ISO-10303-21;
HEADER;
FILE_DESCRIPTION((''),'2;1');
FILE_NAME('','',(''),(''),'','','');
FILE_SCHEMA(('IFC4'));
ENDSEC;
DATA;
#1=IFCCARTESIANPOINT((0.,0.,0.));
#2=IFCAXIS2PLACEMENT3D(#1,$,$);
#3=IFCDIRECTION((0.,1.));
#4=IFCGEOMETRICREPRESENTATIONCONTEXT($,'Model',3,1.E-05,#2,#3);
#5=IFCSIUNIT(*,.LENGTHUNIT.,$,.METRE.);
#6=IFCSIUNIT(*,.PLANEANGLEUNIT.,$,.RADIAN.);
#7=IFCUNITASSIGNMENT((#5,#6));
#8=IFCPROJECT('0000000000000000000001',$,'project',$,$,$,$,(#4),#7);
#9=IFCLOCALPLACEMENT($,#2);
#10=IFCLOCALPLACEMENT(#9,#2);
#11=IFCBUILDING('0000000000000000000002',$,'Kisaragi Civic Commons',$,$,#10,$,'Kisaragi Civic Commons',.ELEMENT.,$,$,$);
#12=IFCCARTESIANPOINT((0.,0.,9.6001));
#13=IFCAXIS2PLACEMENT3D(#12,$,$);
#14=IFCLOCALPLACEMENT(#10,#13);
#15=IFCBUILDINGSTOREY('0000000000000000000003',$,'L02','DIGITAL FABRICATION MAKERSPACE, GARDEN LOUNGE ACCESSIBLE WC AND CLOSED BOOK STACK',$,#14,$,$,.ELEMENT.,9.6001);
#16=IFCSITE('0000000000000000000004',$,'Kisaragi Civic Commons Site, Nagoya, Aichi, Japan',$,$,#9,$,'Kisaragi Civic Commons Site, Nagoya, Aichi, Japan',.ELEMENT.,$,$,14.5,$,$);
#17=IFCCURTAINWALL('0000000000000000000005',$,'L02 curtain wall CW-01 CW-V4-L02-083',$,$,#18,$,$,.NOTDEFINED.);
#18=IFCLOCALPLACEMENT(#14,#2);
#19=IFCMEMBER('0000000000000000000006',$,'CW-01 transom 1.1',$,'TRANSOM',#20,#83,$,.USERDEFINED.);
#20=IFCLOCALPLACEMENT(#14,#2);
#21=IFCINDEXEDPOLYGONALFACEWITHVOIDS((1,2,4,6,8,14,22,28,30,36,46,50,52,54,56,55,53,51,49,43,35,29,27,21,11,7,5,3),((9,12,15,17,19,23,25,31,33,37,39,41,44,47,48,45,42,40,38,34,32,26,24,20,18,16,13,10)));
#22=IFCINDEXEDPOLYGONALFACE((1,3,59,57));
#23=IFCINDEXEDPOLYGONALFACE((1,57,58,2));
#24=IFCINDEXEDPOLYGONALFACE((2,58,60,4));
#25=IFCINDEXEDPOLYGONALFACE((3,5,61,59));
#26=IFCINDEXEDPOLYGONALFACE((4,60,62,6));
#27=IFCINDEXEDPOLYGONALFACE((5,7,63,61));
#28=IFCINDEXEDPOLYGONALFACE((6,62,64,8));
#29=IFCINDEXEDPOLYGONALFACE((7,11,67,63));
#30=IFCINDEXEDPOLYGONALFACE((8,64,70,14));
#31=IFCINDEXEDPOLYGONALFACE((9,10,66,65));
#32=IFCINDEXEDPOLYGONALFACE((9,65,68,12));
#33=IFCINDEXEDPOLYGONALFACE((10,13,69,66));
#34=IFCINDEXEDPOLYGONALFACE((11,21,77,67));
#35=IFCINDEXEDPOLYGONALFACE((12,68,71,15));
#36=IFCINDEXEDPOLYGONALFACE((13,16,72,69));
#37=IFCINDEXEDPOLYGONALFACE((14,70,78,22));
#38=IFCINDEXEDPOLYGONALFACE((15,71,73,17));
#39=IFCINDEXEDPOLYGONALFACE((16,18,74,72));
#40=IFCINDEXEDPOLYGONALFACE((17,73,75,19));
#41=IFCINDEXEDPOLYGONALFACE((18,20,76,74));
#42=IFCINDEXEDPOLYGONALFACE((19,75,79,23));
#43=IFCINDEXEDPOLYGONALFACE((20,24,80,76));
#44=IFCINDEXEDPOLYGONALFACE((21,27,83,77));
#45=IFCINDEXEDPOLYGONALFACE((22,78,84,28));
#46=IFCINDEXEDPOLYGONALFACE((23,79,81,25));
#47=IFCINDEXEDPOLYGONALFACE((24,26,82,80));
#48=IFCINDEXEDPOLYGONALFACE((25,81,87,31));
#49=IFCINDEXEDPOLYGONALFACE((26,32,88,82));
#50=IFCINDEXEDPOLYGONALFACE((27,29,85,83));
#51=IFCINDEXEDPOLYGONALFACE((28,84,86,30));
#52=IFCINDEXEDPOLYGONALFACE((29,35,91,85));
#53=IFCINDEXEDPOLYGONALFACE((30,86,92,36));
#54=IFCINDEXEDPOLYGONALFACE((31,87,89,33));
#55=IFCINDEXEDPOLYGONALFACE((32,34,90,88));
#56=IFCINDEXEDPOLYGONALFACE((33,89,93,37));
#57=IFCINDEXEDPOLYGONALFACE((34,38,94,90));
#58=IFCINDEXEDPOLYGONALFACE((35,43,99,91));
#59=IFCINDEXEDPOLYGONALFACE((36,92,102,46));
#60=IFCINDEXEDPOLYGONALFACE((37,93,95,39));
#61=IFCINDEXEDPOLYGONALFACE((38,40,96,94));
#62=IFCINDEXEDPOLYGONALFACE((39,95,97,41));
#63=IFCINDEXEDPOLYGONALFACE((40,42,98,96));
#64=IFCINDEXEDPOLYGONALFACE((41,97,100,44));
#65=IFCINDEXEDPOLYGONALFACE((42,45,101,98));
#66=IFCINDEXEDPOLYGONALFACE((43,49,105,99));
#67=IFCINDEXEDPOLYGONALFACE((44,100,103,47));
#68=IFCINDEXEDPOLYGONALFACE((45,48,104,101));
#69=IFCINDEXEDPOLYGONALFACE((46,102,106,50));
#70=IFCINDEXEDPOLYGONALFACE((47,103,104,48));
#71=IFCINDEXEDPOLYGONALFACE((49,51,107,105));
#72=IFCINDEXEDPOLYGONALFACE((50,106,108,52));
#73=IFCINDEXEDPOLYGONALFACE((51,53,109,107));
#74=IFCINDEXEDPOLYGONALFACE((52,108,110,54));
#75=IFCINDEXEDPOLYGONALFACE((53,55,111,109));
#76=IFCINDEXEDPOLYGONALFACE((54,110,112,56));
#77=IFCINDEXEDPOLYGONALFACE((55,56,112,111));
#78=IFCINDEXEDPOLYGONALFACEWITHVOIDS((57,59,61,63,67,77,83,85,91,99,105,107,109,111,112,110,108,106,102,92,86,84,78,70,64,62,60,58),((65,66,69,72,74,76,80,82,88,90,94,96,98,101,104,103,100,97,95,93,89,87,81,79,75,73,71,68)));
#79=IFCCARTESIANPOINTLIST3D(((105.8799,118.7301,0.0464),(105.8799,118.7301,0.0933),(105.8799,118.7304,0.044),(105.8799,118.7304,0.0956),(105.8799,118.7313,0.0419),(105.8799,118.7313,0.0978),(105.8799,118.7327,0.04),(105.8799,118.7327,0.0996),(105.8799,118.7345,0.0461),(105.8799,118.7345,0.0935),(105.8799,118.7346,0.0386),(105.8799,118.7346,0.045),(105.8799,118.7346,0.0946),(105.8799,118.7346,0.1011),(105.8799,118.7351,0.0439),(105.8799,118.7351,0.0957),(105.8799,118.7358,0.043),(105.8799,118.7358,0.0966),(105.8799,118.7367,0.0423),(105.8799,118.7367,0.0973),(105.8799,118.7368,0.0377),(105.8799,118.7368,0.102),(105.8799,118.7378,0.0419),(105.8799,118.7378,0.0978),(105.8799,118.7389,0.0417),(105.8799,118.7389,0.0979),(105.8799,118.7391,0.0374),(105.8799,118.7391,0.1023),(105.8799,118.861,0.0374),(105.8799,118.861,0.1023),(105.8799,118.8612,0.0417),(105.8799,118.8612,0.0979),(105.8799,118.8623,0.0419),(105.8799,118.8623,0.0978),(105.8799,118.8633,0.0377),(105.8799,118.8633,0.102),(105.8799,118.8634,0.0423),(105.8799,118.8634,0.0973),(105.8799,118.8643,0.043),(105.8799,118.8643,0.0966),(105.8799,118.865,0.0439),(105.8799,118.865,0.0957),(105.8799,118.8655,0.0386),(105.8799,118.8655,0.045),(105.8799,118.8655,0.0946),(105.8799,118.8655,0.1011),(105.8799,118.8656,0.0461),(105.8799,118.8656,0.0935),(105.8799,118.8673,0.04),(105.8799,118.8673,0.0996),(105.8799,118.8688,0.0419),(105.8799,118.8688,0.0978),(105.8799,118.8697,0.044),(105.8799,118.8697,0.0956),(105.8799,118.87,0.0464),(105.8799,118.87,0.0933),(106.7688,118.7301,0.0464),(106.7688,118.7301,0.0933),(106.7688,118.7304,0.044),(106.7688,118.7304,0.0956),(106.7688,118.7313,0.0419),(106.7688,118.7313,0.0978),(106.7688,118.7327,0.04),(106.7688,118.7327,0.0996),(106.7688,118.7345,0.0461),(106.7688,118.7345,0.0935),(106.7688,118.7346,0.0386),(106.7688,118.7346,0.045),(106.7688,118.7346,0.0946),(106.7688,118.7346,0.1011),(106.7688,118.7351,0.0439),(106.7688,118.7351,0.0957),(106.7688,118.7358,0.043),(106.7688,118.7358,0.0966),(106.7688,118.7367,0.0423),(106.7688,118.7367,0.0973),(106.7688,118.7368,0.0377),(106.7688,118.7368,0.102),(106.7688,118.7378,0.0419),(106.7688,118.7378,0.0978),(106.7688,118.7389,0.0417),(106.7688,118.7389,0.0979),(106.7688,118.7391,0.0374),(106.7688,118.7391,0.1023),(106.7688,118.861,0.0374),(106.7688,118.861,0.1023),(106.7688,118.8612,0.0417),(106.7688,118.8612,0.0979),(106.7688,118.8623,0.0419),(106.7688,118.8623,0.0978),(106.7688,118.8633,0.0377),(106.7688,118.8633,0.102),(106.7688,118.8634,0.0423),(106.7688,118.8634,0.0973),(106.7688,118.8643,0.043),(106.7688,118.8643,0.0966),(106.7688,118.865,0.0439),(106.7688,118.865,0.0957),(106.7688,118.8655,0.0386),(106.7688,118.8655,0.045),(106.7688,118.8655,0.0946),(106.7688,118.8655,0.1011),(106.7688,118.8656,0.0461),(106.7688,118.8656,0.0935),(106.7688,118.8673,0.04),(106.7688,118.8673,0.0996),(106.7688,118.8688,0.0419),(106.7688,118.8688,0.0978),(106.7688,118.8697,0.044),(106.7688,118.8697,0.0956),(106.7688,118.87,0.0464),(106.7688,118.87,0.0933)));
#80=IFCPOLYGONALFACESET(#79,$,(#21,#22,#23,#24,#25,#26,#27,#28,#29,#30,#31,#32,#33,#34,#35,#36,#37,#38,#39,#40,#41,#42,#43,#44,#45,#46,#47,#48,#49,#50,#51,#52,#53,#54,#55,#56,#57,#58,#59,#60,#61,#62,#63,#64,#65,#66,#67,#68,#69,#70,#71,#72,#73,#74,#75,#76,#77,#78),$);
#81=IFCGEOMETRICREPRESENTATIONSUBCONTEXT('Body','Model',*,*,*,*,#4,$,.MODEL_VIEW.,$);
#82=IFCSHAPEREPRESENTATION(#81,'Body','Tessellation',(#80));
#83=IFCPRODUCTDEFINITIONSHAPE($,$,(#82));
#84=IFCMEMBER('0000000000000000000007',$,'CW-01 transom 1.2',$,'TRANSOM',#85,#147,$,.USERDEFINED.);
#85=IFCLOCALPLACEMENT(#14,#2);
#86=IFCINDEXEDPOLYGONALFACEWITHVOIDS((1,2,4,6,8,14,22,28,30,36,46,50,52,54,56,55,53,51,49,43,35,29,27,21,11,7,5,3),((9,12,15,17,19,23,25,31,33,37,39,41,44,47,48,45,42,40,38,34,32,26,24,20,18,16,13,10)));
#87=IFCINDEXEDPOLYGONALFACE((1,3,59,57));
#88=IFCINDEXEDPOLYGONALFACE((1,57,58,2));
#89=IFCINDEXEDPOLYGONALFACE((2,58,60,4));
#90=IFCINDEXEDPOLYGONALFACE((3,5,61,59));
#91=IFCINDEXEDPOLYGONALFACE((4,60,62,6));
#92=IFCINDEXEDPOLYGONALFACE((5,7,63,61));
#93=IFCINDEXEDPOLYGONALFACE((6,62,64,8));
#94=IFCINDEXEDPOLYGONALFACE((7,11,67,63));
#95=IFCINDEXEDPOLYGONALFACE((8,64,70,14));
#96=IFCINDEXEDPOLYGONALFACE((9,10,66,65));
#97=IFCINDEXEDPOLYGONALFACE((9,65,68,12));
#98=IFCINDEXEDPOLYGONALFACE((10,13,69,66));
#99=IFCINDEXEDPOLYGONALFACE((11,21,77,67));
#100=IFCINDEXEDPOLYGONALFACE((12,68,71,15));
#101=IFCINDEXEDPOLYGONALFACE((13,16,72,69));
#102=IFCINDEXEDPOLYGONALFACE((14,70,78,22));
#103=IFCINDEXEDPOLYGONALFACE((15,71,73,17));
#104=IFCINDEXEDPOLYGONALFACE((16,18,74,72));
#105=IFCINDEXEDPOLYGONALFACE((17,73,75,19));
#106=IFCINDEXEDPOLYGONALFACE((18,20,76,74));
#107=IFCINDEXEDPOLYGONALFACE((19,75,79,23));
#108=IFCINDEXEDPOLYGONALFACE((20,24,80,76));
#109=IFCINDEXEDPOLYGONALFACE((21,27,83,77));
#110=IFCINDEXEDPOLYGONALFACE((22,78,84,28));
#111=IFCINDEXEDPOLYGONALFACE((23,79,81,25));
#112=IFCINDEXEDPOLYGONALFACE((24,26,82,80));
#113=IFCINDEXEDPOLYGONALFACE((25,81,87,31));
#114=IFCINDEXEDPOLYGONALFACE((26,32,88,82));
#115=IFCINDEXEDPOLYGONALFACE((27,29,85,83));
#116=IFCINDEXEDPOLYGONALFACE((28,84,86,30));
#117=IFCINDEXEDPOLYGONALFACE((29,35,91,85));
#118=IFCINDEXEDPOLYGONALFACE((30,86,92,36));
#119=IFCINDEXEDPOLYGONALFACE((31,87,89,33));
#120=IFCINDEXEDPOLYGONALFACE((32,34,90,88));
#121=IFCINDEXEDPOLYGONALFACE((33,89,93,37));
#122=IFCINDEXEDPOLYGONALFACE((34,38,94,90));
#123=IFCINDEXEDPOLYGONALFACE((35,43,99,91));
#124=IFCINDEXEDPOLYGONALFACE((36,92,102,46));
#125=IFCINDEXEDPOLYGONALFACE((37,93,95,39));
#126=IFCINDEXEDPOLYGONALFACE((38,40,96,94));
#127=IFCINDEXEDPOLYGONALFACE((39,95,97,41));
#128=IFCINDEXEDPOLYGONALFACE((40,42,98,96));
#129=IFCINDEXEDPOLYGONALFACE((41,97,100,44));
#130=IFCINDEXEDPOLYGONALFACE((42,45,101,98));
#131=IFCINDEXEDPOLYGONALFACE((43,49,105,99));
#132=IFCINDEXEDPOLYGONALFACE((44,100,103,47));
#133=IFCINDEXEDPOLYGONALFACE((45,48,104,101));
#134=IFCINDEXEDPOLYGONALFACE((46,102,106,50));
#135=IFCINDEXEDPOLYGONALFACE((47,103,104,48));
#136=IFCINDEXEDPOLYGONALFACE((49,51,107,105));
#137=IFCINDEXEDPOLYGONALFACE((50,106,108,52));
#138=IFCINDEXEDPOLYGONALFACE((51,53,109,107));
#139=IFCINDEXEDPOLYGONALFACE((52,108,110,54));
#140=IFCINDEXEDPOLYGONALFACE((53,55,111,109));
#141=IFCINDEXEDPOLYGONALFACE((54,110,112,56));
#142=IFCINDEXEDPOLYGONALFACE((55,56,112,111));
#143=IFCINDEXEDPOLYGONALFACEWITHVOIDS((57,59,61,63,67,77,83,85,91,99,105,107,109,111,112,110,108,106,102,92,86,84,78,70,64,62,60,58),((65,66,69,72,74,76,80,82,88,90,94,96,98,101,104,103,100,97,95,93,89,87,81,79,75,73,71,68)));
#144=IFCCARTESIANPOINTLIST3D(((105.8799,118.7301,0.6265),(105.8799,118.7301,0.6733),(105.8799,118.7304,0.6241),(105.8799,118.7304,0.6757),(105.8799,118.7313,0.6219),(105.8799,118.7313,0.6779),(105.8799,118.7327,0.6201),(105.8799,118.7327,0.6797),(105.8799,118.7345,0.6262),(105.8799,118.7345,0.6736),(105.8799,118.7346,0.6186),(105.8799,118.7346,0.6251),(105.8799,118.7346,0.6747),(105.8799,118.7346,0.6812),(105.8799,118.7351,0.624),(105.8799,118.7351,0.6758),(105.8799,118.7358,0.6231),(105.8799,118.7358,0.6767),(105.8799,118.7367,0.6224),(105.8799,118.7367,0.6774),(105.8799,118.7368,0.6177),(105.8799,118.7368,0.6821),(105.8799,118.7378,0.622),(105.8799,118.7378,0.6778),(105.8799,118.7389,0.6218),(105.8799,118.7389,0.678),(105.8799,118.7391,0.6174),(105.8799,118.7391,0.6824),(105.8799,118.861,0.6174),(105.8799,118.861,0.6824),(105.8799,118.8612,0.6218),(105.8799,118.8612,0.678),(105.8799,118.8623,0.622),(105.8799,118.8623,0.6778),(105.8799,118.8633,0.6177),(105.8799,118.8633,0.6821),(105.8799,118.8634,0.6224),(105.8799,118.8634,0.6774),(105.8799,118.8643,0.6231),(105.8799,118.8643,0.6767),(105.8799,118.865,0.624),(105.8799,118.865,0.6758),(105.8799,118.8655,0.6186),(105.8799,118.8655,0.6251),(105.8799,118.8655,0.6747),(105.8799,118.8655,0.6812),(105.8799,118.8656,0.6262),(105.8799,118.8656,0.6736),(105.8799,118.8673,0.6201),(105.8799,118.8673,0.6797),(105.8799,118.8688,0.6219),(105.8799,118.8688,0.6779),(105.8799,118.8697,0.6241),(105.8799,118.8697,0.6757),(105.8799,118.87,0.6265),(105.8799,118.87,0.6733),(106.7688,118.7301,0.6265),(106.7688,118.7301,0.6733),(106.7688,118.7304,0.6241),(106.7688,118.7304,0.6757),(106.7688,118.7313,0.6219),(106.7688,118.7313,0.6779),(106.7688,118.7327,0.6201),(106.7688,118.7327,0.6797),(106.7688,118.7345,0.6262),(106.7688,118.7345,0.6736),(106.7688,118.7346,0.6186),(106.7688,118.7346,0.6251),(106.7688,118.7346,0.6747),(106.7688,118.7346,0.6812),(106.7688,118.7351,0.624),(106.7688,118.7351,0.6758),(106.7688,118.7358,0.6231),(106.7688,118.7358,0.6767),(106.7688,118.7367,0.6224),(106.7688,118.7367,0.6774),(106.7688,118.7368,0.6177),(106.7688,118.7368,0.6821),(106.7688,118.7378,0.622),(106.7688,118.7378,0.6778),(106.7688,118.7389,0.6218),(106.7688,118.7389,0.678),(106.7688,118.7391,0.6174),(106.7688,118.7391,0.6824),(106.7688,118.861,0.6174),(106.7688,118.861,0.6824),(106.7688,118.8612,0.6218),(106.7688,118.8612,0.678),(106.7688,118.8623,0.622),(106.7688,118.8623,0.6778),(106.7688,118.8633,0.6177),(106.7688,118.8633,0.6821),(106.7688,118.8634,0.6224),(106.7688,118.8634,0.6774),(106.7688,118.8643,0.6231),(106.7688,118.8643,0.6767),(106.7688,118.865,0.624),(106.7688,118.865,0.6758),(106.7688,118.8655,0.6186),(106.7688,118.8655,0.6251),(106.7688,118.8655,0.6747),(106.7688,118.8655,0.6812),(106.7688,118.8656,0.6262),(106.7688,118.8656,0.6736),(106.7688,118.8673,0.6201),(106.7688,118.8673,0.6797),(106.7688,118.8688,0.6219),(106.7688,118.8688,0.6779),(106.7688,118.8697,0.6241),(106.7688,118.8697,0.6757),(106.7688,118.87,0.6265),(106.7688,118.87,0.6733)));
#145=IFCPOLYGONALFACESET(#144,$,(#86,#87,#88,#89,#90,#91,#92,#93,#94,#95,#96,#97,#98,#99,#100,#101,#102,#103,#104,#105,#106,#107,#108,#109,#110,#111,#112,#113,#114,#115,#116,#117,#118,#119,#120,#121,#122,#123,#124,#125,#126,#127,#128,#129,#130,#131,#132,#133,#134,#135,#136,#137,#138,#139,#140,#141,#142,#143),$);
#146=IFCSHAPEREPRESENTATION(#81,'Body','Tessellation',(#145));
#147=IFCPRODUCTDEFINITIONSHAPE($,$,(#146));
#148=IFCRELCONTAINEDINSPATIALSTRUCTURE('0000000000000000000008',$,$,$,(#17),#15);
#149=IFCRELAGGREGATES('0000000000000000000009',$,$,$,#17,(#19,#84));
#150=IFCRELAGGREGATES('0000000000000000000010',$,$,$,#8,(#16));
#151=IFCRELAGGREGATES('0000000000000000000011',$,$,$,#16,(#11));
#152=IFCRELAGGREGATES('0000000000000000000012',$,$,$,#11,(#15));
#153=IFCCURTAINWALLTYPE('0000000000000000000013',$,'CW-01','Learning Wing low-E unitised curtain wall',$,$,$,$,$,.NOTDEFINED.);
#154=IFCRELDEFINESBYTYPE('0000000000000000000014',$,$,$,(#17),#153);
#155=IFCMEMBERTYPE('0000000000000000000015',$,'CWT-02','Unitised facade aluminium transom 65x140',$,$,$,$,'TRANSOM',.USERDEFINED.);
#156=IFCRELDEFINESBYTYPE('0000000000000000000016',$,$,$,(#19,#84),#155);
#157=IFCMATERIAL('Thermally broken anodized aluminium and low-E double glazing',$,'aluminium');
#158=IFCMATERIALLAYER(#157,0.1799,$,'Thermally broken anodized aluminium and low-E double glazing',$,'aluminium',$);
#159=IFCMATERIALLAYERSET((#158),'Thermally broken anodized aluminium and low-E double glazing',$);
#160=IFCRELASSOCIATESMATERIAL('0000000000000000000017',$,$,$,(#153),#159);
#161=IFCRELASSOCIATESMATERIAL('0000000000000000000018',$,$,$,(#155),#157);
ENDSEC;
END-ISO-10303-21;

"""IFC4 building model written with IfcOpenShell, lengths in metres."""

from ifc_helpers import new_model, si_unit, direction, frame, origin, origin_2d, place, context, subcontext, project, spatial, hollow_rectangle, extrude, material, layer, layer_set, material_profile, profile_set, type_object, element, aggregate, save


model = new_model("IFC4")

# Units and contexts
model_context = context("Model", 3, precision=1e-05, world=origin(), true_north=direction((0.0, 1.0)))
body_context = subcontext(model_context, "Body", "Model", "MODEL_VIEW")
ifc_project = project(units=[si_unit("LENGTHUNIT", "METRE"), si_unit("PLANEANGLEUNIT", "RADIAN")], contexts=[model_context])

# Site, building, storey
site_placement = place(None, origin())
site = spatial("IfcSite", under=ifc_project, at=site_placement, Name="Kisaragi Civic Commons Site, Nagoya, Aichi, Japan", LongName="Kisaragi Civic Commons Site, Nagoya, Aichi, Japan", CompositionType="ELEMENT", RefElevation=14.5)
building_placement = place(site_placement, origin())
building = spatial("IfcBuilding", under=site, at=building_placement, Name="Kisaragi Civic Commons", LongName="Kisaragi Civic Commons", CompositionType="ELEMENT")
storey_placement = place(building_placement, frame((0.0, 0.0, 9.6001)))
storey = spatial("IfcBuildingStorey", under=building, at=storey_placement, Name="L02", Description="DIGITAL FABRICATION MAKERSPACE, GARDEN LOUNGE ACCESSIBLE WC AND CLOSED BOOK STACK", CompositionType="ELEMENT", Elevation=9.6001)

# Curtain wall
ifc_material_1 = material(Name="Thermally broken anodized aluminium and low-E double glazing", Category="aluminium")
ifc_layer_1 = layer(ifc_material_1, 0.1799, Name="Thermally broken anodized aluminium and low-E double glazing", Category="aluminium")
ifc_layer_set_1 = layer_set([ifc_layer_1], Name="Thermally broken anodized aluminium and low-E double glazing")
curtain_wall_type = type_object("IfcCurtainWallType", Name="CW-01", Description="Learning Wing low-E unitised curtain wall", PredefinedType="NOTDEFINED", material=ifc_layer_set_1)
curtain_wall_1_placement = place(storey_placement, origin())
curtain_wall_1 = element("IfcCurtainWall", 1, at=curtain_wall_1_placement, inside=storey, type_object=curtain_wall_type, Name="L02 curtain wall CW-01 CW-V4-L02-083", PredefinedType="NOTDEFINED")

# Members
ifc_material_profile_1 = material_profile(ifc_material_1, hollow_rectangle(XDim=0.1399, YDim=0.0649, WallThickness=0.0044, InnerFilletRadius=0.0044, OuterFilletRadius=0.009, at=origin_2d()), Name="CWT-65x140x4.5", Category="aluminium")
ifc_profile_set_1 = profile_set([ifc_material_profile_1], Name="Thermally broken anodized aluminium and low-E double glazing")
member_type_1 = type_object("IfcMemberType", Name="CWT-02", Description="Unitised facade aluminium transom 65x140", ElementType="TRANSOM", PredefinedType="USERDEFINED", material=ifc_profile_set_1)
member_1_placement = place(storey_placement, frame((105.8799, 118.8, 0.0698), z_axis=(1.0, 0.0, 0.0), x_axis=(0.0, 1.0, 0.0)))
member_1 = element("IfcMember", 2, at=member_1_placement, type_object=member_type_1, Name="CW-01 transom 1.1", ObjectType="TRANSOM", PredefinedType="USERDEFINED", context=body_context, shape_type="SweptSolid", body=[
    extrude(hollow_rectangle(XDim=0.1399, YDim=0.0649, WallThickness=0.0044, InnerFilletRadius=0.0044, OuterFilletRadius=0.009, at=origin_2d()), origin(), (0.0, 0.0, 1.0), 0.8889),
])
member_2_placement = place(storey_placement, frame((105.8799, 118.8, 0.6499), z_axis=(1.0, 0.0, 0.0), x_axis=(0.0, 1.0, 0.0)))
member_2 = element("IfcMember", 3, at=member_2_placement, type_object=member_type_1, Name="CW-01 transom 1.2", ObjectType="TRANSOM", PredefinedType="USERDEFINED", context=body_context, shape_type="SweptSolid", body=[
    extrude(hollow_rectangle(XDim=0.1399, YDim=0.0649, WallThickness=0.0044, InnerFilletRadius=0.0044, OuterFilletRadius=0.009, at=origin_2d()), origin(), (0.0, 0.0, 1.0), 0.8889),
])

aggregate(curtain_wall_1, [member_1, member_2])

save(model, "model.ifc")
